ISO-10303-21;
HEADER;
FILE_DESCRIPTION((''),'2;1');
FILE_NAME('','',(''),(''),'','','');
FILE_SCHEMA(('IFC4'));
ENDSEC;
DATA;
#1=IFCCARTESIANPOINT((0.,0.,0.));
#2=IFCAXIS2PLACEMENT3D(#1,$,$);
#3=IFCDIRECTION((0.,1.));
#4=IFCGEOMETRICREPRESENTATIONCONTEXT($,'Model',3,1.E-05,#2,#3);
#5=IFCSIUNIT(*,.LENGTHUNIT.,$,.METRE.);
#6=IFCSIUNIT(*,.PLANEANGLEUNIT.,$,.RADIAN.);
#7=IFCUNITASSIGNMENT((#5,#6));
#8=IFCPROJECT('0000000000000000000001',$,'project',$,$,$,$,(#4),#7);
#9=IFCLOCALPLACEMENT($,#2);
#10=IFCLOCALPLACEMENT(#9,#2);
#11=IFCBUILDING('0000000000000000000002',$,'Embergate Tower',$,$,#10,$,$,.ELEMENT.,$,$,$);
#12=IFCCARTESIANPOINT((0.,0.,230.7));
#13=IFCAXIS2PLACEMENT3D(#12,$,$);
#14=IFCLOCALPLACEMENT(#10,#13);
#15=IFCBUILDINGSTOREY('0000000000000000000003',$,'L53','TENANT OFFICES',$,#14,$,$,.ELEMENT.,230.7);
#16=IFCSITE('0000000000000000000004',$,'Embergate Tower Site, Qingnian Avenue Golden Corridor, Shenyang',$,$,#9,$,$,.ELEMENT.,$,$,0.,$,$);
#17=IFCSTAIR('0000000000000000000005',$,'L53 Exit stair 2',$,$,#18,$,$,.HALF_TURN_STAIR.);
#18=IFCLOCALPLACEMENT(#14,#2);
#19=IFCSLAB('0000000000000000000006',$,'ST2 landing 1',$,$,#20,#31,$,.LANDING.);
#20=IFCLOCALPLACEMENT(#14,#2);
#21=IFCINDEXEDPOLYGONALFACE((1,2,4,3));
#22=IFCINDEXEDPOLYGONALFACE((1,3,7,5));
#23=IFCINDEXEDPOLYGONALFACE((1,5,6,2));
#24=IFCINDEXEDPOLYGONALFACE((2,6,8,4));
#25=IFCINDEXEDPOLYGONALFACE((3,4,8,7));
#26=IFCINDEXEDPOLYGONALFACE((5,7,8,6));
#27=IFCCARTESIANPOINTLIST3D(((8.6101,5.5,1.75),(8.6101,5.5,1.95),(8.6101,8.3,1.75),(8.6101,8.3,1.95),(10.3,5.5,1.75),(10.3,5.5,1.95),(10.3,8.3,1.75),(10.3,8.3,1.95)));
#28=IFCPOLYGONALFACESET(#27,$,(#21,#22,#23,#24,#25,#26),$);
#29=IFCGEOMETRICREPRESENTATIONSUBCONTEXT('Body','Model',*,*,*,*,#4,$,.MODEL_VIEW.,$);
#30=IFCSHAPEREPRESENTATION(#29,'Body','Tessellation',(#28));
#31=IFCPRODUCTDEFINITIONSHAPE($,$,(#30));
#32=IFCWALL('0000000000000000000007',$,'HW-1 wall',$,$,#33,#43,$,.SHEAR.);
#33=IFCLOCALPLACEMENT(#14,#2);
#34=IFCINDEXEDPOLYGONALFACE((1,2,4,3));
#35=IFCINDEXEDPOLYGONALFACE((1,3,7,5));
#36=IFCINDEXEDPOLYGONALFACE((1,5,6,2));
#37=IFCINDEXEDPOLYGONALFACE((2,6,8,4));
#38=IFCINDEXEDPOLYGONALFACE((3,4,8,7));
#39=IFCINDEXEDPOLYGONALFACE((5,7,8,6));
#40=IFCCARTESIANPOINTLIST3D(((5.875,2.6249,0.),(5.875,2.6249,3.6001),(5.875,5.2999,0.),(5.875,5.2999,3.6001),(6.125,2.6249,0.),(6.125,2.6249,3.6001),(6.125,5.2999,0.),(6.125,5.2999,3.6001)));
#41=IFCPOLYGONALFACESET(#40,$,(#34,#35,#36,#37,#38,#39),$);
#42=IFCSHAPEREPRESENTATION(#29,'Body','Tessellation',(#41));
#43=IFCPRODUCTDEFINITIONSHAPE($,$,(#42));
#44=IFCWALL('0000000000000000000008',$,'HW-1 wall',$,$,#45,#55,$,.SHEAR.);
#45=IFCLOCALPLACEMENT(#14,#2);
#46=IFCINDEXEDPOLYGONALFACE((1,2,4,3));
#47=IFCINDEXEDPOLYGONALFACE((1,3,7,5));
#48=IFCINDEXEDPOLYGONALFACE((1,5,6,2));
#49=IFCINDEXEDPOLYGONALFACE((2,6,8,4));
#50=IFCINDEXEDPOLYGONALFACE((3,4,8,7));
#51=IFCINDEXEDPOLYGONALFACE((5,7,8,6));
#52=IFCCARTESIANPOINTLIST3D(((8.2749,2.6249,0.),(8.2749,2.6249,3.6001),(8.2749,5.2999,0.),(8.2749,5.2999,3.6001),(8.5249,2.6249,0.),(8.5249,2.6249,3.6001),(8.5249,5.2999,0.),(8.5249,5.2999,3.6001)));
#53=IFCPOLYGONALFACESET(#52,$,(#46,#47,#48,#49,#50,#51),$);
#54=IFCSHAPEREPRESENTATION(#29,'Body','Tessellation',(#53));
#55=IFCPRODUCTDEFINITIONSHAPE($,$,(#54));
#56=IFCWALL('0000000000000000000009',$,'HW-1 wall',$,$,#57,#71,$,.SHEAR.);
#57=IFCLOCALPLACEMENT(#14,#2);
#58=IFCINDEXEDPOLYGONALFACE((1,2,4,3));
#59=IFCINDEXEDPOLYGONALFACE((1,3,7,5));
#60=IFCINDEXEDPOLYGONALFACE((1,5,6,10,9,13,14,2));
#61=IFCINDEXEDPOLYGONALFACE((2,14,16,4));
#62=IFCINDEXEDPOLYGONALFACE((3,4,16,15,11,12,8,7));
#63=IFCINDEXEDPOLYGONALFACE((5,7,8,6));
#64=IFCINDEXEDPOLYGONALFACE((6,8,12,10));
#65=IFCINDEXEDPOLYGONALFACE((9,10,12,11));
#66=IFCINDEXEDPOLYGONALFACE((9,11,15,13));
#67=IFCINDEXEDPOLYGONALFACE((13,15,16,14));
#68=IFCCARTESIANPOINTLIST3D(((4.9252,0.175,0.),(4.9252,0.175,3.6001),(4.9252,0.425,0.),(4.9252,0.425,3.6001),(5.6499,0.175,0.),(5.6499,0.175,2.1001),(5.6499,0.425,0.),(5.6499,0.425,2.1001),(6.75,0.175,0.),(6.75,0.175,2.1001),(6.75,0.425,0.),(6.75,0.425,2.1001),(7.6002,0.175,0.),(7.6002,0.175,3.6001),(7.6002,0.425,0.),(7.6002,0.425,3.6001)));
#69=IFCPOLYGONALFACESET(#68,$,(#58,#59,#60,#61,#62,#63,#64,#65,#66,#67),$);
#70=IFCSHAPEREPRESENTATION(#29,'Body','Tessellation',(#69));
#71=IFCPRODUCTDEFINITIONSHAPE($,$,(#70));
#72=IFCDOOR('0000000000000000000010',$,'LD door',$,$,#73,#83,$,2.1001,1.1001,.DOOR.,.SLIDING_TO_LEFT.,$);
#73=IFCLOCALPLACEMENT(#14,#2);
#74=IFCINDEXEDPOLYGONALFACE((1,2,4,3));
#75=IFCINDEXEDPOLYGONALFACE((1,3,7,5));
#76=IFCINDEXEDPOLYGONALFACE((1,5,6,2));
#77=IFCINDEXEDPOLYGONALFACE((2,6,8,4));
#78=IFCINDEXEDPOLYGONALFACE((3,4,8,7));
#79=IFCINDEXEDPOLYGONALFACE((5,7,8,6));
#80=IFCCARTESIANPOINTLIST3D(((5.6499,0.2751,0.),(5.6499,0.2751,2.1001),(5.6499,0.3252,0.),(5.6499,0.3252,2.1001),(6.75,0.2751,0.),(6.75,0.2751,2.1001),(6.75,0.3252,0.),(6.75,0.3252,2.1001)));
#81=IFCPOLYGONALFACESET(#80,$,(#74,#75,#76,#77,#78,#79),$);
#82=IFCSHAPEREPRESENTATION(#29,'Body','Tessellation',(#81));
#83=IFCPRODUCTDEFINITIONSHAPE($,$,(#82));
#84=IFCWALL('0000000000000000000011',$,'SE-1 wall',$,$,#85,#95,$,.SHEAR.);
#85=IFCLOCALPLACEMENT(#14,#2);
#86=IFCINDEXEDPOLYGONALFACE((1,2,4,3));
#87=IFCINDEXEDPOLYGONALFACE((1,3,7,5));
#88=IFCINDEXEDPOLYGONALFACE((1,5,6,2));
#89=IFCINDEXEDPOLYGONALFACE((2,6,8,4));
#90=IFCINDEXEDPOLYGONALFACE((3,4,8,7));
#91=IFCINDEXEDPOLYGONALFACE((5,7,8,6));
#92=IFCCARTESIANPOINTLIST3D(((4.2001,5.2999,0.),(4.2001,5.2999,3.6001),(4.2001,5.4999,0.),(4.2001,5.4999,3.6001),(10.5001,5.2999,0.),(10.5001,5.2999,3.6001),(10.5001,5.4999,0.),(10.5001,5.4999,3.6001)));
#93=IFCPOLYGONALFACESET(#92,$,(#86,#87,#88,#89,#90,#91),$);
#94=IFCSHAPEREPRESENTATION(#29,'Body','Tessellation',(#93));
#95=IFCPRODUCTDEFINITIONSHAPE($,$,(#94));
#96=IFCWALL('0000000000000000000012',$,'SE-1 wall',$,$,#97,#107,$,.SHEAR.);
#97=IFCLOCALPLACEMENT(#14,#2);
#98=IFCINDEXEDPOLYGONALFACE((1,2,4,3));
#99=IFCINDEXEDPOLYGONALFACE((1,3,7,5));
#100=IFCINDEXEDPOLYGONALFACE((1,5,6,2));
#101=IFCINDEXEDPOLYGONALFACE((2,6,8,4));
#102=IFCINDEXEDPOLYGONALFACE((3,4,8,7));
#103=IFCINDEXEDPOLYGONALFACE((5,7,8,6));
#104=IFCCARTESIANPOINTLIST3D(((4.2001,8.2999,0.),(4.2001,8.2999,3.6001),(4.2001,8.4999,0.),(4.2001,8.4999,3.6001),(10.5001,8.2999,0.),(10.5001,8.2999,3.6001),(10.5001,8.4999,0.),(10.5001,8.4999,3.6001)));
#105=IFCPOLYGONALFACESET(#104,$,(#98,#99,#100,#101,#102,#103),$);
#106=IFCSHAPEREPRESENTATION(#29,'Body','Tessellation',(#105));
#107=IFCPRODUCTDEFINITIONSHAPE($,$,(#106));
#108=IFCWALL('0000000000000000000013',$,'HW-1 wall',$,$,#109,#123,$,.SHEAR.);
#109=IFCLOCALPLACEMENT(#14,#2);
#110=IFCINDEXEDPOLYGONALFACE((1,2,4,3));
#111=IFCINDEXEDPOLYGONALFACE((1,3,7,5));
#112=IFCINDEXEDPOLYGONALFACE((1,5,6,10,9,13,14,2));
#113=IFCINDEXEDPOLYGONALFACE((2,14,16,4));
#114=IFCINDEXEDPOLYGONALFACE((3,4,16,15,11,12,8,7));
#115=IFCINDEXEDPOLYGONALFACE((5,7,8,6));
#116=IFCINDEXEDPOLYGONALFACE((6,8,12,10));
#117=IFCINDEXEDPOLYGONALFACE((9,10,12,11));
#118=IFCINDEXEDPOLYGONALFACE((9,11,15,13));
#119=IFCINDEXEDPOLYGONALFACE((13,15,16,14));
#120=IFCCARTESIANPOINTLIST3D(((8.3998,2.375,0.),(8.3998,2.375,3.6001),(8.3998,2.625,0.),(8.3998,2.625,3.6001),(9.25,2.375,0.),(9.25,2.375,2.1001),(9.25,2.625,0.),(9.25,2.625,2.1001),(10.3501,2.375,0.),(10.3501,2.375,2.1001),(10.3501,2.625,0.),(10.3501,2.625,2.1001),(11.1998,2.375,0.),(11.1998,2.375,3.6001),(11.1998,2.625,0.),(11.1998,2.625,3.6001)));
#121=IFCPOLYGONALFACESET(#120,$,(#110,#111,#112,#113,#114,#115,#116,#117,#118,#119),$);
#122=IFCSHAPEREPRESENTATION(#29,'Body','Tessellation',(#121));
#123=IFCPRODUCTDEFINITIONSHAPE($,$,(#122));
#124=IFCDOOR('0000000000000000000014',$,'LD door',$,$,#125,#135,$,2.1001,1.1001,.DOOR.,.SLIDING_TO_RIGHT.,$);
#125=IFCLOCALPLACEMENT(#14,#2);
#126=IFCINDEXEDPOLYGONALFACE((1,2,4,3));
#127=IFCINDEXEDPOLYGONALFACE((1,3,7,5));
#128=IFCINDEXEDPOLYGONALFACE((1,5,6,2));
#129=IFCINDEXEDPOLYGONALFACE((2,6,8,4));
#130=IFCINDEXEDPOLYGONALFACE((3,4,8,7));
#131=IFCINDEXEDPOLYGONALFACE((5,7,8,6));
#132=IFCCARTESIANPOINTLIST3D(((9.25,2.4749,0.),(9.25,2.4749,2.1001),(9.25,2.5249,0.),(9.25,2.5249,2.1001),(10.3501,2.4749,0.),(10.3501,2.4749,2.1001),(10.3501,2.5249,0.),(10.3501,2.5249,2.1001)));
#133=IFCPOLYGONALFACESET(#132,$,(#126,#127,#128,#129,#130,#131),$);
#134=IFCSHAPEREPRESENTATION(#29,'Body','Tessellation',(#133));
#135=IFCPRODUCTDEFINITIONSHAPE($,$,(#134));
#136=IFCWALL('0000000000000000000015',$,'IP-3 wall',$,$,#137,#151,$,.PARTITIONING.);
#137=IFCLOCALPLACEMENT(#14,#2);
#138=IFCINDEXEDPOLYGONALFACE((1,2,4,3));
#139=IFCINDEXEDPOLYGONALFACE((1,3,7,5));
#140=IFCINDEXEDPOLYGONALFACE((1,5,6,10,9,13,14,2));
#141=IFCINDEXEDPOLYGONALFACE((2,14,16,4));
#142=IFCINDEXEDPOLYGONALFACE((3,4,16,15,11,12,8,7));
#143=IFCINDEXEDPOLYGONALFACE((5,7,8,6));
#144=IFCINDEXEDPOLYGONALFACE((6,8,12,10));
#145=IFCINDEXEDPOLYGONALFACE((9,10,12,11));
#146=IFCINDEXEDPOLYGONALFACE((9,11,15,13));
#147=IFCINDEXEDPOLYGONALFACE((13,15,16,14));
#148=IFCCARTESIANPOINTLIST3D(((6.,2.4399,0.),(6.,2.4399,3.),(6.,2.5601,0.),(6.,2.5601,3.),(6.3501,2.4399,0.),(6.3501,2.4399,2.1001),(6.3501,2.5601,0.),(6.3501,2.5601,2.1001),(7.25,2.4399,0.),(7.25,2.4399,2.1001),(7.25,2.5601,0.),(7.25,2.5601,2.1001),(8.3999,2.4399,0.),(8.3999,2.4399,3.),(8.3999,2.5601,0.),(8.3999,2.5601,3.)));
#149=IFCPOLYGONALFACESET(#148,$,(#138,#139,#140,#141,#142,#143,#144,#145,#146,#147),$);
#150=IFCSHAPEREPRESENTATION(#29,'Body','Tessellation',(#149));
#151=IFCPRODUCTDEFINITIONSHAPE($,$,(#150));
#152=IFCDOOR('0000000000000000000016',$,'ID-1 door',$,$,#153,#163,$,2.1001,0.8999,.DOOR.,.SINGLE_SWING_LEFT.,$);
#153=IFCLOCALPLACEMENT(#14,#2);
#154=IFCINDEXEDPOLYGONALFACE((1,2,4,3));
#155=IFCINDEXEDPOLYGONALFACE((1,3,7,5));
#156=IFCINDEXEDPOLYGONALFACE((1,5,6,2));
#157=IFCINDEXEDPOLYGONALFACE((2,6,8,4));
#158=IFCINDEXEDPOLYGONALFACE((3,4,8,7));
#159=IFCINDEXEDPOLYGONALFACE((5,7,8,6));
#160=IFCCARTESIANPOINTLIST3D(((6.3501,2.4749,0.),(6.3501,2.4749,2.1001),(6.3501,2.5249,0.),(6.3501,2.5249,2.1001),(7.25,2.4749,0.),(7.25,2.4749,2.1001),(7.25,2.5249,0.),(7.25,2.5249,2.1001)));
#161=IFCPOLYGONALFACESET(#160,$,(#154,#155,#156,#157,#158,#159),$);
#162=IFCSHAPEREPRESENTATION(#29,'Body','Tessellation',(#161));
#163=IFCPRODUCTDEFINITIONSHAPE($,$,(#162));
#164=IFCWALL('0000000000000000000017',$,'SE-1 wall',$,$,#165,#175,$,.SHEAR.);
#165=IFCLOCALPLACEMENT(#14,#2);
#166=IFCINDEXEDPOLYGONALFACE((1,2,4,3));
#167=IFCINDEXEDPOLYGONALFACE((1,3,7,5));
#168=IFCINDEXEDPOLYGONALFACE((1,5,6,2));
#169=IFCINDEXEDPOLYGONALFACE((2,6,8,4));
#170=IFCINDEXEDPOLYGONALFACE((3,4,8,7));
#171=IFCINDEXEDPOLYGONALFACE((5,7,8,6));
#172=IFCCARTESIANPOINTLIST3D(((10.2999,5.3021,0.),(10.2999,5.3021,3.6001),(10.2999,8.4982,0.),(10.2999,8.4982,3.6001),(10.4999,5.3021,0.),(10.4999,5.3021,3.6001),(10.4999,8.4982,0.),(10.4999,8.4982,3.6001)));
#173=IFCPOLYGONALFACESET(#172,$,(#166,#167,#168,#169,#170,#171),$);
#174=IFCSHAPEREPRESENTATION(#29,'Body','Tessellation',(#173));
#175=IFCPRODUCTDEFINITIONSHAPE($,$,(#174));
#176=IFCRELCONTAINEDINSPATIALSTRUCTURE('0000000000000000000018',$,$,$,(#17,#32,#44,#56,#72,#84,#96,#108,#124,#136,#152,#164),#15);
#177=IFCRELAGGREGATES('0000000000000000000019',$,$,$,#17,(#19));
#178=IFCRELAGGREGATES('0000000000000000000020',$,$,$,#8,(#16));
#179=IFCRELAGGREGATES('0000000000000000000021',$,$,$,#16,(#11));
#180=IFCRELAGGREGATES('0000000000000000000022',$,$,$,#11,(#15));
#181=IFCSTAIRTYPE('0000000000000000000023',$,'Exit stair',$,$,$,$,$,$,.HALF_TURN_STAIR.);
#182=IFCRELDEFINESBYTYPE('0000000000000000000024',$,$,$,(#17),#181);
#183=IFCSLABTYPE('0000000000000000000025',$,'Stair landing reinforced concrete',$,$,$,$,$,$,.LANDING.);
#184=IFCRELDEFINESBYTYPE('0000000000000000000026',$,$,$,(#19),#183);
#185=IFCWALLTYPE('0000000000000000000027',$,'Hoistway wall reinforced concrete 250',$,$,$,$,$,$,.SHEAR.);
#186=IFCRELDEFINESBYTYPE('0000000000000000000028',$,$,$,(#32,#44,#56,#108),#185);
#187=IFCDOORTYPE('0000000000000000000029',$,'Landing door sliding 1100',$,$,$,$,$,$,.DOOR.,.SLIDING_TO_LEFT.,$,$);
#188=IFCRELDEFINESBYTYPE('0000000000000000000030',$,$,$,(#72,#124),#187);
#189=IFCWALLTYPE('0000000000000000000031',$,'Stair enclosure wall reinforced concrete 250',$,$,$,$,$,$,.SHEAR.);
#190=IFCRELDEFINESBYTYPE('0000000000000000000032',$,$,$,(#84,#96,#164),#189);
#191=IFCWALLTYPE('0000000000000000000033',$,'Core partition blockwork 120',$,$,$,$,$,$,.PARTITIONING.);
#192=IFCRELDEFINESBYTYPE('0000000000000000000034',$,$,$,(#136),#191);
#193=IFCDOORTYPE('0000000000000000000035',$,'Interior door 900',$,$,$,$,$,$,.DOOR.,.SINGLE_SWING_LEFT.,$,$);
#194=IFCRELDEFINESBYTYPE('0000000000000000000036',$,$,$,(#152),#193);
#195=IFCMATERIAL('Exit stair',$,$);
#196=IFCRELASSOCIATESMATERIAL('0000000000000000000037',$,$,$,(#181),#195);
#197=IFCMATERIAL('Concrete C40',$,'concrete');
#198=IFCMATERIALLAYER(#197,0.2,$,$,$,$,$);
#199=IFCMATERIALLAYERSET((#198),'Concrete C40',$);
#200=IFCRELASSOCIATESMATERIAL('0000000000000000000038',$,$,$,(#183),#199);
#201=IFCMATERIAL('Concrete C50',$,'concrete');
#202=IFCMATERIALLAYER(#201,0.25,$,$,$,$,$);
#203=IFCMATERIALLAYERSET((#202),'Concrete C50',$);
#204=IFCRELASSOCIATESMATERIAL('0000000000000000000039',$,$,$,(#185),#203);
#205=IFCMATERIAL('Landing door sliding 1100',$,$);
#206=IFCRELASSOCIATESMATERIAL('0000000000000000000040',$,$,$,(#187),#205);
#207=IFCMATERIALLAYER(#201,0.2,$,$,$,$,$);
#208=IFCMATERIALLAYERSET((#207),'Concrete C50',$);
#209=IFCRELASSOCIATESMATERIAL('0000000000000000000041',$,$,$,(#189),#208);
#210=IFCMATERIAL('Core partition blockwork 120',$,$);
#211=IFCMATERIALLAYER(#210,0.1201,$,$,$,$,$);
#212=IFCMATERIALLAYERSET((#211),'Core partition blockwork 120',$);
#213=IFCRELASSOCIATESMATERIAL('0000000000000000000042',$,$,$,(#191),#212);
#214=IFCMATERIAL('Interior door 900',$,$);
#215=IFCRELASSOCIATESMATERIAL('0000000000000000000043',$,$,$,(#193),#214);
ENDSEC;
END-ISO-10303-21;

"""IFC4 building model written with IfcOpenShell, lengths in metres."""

from ifc_helpers import new_model, si_unit, direction, frame, frame_2d, origin, place, context, subcontext, project, spatial, polyline, rectangle, outline, extrude, source, transform, mapped, material, layer, layer_set, type_object, element, fill, aggregate, save


model = new_model("IFC4")

# Units and contexts
model_context = context("Model", 3, precision=1e-05, world=origin(), true_north=direction((0.0, 1.0)))
body_context = subcontext(model_context, "Body", "Model", "MODEL_VIEW")
ifc_project = project(units=[si_unit("LENGTHUNIT", "METRE"), si_unit("PLANEANGLEUNIT", "RADIAN")], contexts=[model_context])

# Site, building, storey
site_placement = place(None, origin())
site = spatial("IfcSite", under=ifc_project, at=site_placement, Name="Embergate Tower Site, Qingnian Avenue Golden Corridor, Shenyang", CompositionType="ELEMENT", RefElevation=0.0)
building_placement = place(site_placement, origin())
building = spatial("IfcBuilding", under=site, at=building_placement, Name="Embergate Tower", CompositionType="ELEMENT")
storey_placement = place(building_placement, frame((0.0, 0.0, 230.7)))
storey = spatial("IfcBuildingStorey", under=building, at=storey_placement, Name="L53", Description="TENANT OFFICES", CompositionType="ELEMENT", Elevation=230.7)

# Stair, slab
ifc_material_1 = material(Name="Exit stair")
stair_type = type_object("IfcStairType", Name="Exit stair", PredefinedType="HALF_TURN_STAIR", material=ifc_material_1)
stair_placement = place(storey_placement, origin())
stair = element("IfcStair", 1, at=stair_placement, inside=storey, type_object=stair_type, Name="L53 Exit stair 2", PredefinedType="HALF_TURN_STAIR")
ifc_material_2 = material(Name="Concrete C40", Category="concrete")
ifc_layer_1 = layer(ifc_material_2, 0.2)
ifc_layer_set_1 = layer_set([ifc_layer_1], Name="Concrete C40")
slab_type = type_object("IfcSlabType", Name="Stair landing reinforced concrete", PredefinedType="LANDING", material=ifc_layer_set_1)
shared_shape_1 = source(origin(), body_context, "Body", "SweptSolid", [
    extrude(outline(polyline([(0.0, 0.0), (1.6899, 0.0), (1.6899, 2.8), (0.0, 2.8), (0.0, 0.0)])), origin(), (0.0, 0.0, 1.0), 0.2),
])
slab_placement = place(storey_placement, frame((8.6101, 5.5, 1.75)))
slab = element("IfcSlab", 2, at=slab_placement, type_object=slab_type, Name="ST2 landing 1", PredefinedType="LANDING", context=body_context, shape_type="MappedRepresentation", body=[
    mapped(shared_shape_1, transform((0.0, 0.0, 0.0))),
])

# Walls
ifc_material_3 = material(Name="Concrete C50", Category="concrete")
ifc_layer_2 = layer(ifc_material_3, 0.25)
ifc_layer_set_2 = layer_set([ifc_layer_2], Name="Concrete C50")
wall_type_1 = type_object("IfcWallType", Name="Hoistway wall reinforced concrete 250", PredefinedType="SHEAR", material=ifc_layer_set_2)
shared_shape_2 = source(origin(), body_context, "Body", "SweptSolid", [
    extrude(rectangle(XDim=2.675, YDim=0.25, at=frame_2d((1.3374, 0.0))), origin(), (0.0, 0.0, 1.0), 3.6001),
])
for number, where, z_axis, x_axis, name in (
    (3, (6.0, 2.625, 0.0), (0.0, 0.0, 1.0), (0.0, 1.0, 0.0), "HW-1 wall"),
    (4, (8.3999, 2.625, 0.0), (0.0, 0.0, 1.0), (0.0, 1.0, 0.0), "HW-1 wall"),
):
    element("IfcWall", number, at=place(storey_placement, frame(where, z_axis=z_axis, x_axis=x_axis)), inside=storey, type_object=wall_type_1, Name=name, PredefinedType="SHEAR", context=body_context, shape_type="MappedRepresentation", body=[
        mapped(shared_shape_2, transform((0.0, 0.0, 0.0))),
    ])

# Wall, opening, door
wall_1_placement = place(storey_placement, frame((7.6001, 0.3, 0.0), z_axis=(0.0, 0.0, 1.0), x_axis=(-1.0, 0.0, 0.0)))
wall_1 = element("IfcWall", 5, at=wall_1_placement, inside=storey, type_object=wall_type_1, Name="HW-1 wall", PredefinedType="SHEAR", context=body_context, shape_type="MappedRepresentation", body=[
    mapped(shared_shape_2, transform((0.0, 0.0, 0.0))),
])
shared_shape_3 = source(origin(), body_context, "Body", "SweptSolid", [
    extrude(rectangle(XDim=1.1001, YDim=2.1001, at=frame_2d((0.55, 1.05))), frame((0.0, 0.135, 0.0), z_axis=(0.0, -1.0, 0.0), x_axis=(1.0, 0.0, 0.0)), (0.0, 0.0, 1.0), 0.27),
])
opening_1_placement = place(wall_1_placement, frame((0.8501, 0.0, 0.0)))
opening_1 = element("IfcOpeningElement", 6, at=opening_1_placement, cuts=wall_1, PredefinedType="OPENING", context=body_context, shape_type="MappedRepresentation", body=[
    mapped(shared_shape_3, transform((0.0, 0.0, 0.0))),
])
ifc_material_4 = material(Name="Landing door sliding 1100")
door_type_1 = type_object("IfcDoorType", Name="Landing door sliding 1100", OperationType="SLIDING_TO_LEFT", PredefinedType="DOOR", material=ifc_material_4)
shared_shape_4 = source(origin(), body_context, "Body", "SweptSolid", [
    extrude(rectangle(XDim=1.1001, YDim=2.1001, at=frame_2d((0.55, 1.05))), frame((0.0, 0.0249, 0.0), z_axis=(0.0, -1.0, 0.0), x_axis=(1.0, 0.0, 0.0)), (0.0, 0.0, 1.0), 0.05),
])
door_1_placement = place(opening_1_placement, origin())
door_1 = element("IfcDoor", 7, at=door_1_placement, inside=storey, type_object=door_type_1, Name="LD door", OperationType="SLIDING_TO_LEFT", OverallHeight=2.1001, OverallWidth=1.1001, PredefinedType="DOOR", context=body_context, shape_type="MappedRepresentation", body=[
    mapped(shared_shape_4, transform((0.0, 0.0, 0.0))),
])
fill(opening_1, door_1)

# Walls
ifc_layer_3 = layer(ifc_material_3, 0.2)
ifc_layer_set_3 = layer_set([ifc_layer_3], Name="Concrete C50")
wall_type_2 = type_object("IfcWallType", Name="Stair enclosure wall reinforced concrete 250", PredefinedType="SHEAR", material=ifc_layer_set_3)
shared_shape_5 = source(origin(), body_context, "Body", "SweptSolid", [
    extrude(rectangle(XDim=6.3, YDim=0.2, at=frame_2d((3.1499, 0.0))), origin(), (0.0, 0.0, 1.0), 3.6001),
])
for number, where, z_axis, x_axis, name in (
    (8, (10.5, 5.3999, 0.0), (0.0, 0.0, 1.0), (-1.0, 0.0, 0.0), "SE-1 wall"),
    (9, (10.5, 8.3999, 0.0), (0.0, 0.0, 1.0), (-1.0, 0.0, 0.0), "SE-1 wall"),
):
    element("IfcWall", number, at=place(storey_placement, frame(where, z_axis=z_axis, x_axis=x_axis)), inside=storey, type_object=wall_type_2, Name=name, PredefinedType="SHEAR", context=body_context, shape_type="MappedRepresentation", body=[
        mapped(shared_shape_5, transform((0.0, 0.0, 0.0))),
    ])

# Walls, openings, doors
shared_shape_6 = source(origin(), body_context, "Body", "SweptSolid", [
    extrude(rectangle(XDim=2.8, YDim=0.25, at=frame_2d((1.3999, 0.0))), origin(), (0.0, 0.0, 1.0), 3.6001),
])
wall_2_placement = place(storey_placement, frame((8.3999, 2.5, 0.0), z_axis=(0.0, 0.0, 1.0), x_axis=(1.0, 0.0, 0.0)))
wall_2 = element("IfcWall", 10, at=wall_2_placement, inside=storey, type_object=wall_type_1, Name="HW-1 wall", PredefinedType="SHEAR", context=body_context, shape_type="MappedRepresentation", body=[
    mapped(shared_shape_6, transform((0.0, 0.0, 0.0))),
])
opening_2_placement = place(wall_2_placement, frame((0.8501, 0.0, 0.0)))
opening_2 = element("IfcOpeningElement", 11, at=opening_2_placement, cuts=wall_2, PredefinedType="OPENING", context=body_context, shape_type="MappedRepresentation", body=[
    mapped(shared_shape_3, transform((0.0, 0.0, 0.0))),
])
door_2_placement = place(opening_2_placement, origin())
door_2 = element("IfcDoor", 12, at=door_2_placement, inside=storey, type_object=door_type_1, Name="LD door", OperationType="SLIDING_TO_RIGHT", OverallHeight=2.1001, OverallWidth=1.1001, PredefinedType="DOOR", context=body_context, shape_type="MappedRepresentation", body=[
    mapped(shared_shape_4, transform((0.0, 0.0, 0.0))),
])
fill(opening_2, door_2)
ifc_material_5 = material(Name="Core partition blockwork 120")
ifc_layer_4 = layer(ifc_material_5, 0.1201)
ifc_layer_set_4 = layer_set([ifc_layer_4], Name="Core partition blockwork 120")
wall_type_3 = type_object("IfcWallType", Name="Core partition blockwork 120", PredefinedType="PARTITIONING", material=ifc_layer_set_4)
shared_shape_7 = source(origin(), body_context, "Body", "SweptSolid", [
    extrude(rectangle(XDim=2.3999, YDim=0.1201, at=frame_2d((1.2, 0.0))), origin(), (0.0, 0.0, 1.0), 3.0),
])
wall_3_placement = place(storey_placement, frame((6.0, 2.5, 0.0), z_axis=(0.0, 0.0, 1.0), x_axis=(1.0, 0.0, 0.0)))
wall_3 = element("IfcWall", 13, at=wall_3_placement, inside=storey, type_object=wall_type_3, Name="IP-3 wall", PredefinedType="PARTITIONING", context=body_context, shape_type="MappedRepresentation", body=[
    mapped(shared_shape_7, transform((0.0, 0.0, 0.0))),
])
shared_shape_8 = source(origin(), body_context, "Body", "SweptSolid", [
    extrude(rectangle(XDim=0.8999, YDim=2.1001, at=frame_2d((0.45, 1.05))), frame((0.0, 0.0701, 0.0), z_axis=(0.0, -1.0, 0.0), x_axis=(1.0, 0.0, 0.0)), (0.0, 0.0, 1.0), 0.1401),
])
opening_3_placement = place(wall_3_placement, frame((0.3501, 0.0, 0.0)))
opening_3 = element("IfcOpeningElement", 14, at=opening_3_placement, cuts=wall_3, PredefinedType="OPENING", context=body_context, shape_type="MappedRepresentation", body=[
    mapped(shared_shape_8, transform((0.0, 0.0, 0.0))),
])
ifc_material_6 = material(Name="Interior door 900")
door_type_2 = type_object("IfcDoorType", Name="Interior door 900", OperationType="SINGLE_SWING_LEFT", PredefinedType="DOOR", material=ifc_material_6)
shared_shape_9 = source(origin(), body_context, "Body", "SweptSolid", [
    extrude(rectangle(XDim=0.8999, YDim=2.1001, at=frame_2d((0.45, 1.05))), frame((0.0, 0.0249, 0.0), z_axis=(0.0, -1.0, 0.0), x_axis=(1.0, 0.0, 0.0)), (0.0, 0.0, 1.0), 0.05),
])
door_3_placement = place(opening_3_placement, origin())
door_3 = element("IfcDoor", 15, at=door_3_placement, inside=storey, type_object=door_type_2, Name="ID-1 door", OperationType="SINGLE_SWING_LEFT", OverallHeight=2.1001, OverallWidth=0.8999, PredefinedType="DOOR", context=body_context, shape_type="MappedRepresentation", body=[
    mapped(shared_shape_9, transform((0.0, 0.0, 0.0))),
])
fill(opening_3, door_3)

# Wall
shared_shape_10 = source(origin(), body_context, "Body", "SweptSolid", [
    extrude(rectangle(XDim=3.196, YDim=0.2, at=frame_2d((1.5981, 0.0))), origin(), (0.0, 0.0, 1.0), 3.6001),
])
wall_4_placement = place(storey_placement, frame((10.3999, 5.302, 0.0), z_axis=(0.0, 0.0, 1.0), x_axis=(0.0, 1.0, 0.0)))
element("IfcWall", 16, at=wall_4_placement, inside=storey, type_object=wall_type_2, Name="SE-1 wall", PredefinedType="SHEAR", context=body_context, shape_type="MappedRepresentation", body=[
    mapped(shared_shape_10, transform((0.0, 0.0, 0.0))),
])

aggregate(stair, [slab])

save(model, "model.ifc")
